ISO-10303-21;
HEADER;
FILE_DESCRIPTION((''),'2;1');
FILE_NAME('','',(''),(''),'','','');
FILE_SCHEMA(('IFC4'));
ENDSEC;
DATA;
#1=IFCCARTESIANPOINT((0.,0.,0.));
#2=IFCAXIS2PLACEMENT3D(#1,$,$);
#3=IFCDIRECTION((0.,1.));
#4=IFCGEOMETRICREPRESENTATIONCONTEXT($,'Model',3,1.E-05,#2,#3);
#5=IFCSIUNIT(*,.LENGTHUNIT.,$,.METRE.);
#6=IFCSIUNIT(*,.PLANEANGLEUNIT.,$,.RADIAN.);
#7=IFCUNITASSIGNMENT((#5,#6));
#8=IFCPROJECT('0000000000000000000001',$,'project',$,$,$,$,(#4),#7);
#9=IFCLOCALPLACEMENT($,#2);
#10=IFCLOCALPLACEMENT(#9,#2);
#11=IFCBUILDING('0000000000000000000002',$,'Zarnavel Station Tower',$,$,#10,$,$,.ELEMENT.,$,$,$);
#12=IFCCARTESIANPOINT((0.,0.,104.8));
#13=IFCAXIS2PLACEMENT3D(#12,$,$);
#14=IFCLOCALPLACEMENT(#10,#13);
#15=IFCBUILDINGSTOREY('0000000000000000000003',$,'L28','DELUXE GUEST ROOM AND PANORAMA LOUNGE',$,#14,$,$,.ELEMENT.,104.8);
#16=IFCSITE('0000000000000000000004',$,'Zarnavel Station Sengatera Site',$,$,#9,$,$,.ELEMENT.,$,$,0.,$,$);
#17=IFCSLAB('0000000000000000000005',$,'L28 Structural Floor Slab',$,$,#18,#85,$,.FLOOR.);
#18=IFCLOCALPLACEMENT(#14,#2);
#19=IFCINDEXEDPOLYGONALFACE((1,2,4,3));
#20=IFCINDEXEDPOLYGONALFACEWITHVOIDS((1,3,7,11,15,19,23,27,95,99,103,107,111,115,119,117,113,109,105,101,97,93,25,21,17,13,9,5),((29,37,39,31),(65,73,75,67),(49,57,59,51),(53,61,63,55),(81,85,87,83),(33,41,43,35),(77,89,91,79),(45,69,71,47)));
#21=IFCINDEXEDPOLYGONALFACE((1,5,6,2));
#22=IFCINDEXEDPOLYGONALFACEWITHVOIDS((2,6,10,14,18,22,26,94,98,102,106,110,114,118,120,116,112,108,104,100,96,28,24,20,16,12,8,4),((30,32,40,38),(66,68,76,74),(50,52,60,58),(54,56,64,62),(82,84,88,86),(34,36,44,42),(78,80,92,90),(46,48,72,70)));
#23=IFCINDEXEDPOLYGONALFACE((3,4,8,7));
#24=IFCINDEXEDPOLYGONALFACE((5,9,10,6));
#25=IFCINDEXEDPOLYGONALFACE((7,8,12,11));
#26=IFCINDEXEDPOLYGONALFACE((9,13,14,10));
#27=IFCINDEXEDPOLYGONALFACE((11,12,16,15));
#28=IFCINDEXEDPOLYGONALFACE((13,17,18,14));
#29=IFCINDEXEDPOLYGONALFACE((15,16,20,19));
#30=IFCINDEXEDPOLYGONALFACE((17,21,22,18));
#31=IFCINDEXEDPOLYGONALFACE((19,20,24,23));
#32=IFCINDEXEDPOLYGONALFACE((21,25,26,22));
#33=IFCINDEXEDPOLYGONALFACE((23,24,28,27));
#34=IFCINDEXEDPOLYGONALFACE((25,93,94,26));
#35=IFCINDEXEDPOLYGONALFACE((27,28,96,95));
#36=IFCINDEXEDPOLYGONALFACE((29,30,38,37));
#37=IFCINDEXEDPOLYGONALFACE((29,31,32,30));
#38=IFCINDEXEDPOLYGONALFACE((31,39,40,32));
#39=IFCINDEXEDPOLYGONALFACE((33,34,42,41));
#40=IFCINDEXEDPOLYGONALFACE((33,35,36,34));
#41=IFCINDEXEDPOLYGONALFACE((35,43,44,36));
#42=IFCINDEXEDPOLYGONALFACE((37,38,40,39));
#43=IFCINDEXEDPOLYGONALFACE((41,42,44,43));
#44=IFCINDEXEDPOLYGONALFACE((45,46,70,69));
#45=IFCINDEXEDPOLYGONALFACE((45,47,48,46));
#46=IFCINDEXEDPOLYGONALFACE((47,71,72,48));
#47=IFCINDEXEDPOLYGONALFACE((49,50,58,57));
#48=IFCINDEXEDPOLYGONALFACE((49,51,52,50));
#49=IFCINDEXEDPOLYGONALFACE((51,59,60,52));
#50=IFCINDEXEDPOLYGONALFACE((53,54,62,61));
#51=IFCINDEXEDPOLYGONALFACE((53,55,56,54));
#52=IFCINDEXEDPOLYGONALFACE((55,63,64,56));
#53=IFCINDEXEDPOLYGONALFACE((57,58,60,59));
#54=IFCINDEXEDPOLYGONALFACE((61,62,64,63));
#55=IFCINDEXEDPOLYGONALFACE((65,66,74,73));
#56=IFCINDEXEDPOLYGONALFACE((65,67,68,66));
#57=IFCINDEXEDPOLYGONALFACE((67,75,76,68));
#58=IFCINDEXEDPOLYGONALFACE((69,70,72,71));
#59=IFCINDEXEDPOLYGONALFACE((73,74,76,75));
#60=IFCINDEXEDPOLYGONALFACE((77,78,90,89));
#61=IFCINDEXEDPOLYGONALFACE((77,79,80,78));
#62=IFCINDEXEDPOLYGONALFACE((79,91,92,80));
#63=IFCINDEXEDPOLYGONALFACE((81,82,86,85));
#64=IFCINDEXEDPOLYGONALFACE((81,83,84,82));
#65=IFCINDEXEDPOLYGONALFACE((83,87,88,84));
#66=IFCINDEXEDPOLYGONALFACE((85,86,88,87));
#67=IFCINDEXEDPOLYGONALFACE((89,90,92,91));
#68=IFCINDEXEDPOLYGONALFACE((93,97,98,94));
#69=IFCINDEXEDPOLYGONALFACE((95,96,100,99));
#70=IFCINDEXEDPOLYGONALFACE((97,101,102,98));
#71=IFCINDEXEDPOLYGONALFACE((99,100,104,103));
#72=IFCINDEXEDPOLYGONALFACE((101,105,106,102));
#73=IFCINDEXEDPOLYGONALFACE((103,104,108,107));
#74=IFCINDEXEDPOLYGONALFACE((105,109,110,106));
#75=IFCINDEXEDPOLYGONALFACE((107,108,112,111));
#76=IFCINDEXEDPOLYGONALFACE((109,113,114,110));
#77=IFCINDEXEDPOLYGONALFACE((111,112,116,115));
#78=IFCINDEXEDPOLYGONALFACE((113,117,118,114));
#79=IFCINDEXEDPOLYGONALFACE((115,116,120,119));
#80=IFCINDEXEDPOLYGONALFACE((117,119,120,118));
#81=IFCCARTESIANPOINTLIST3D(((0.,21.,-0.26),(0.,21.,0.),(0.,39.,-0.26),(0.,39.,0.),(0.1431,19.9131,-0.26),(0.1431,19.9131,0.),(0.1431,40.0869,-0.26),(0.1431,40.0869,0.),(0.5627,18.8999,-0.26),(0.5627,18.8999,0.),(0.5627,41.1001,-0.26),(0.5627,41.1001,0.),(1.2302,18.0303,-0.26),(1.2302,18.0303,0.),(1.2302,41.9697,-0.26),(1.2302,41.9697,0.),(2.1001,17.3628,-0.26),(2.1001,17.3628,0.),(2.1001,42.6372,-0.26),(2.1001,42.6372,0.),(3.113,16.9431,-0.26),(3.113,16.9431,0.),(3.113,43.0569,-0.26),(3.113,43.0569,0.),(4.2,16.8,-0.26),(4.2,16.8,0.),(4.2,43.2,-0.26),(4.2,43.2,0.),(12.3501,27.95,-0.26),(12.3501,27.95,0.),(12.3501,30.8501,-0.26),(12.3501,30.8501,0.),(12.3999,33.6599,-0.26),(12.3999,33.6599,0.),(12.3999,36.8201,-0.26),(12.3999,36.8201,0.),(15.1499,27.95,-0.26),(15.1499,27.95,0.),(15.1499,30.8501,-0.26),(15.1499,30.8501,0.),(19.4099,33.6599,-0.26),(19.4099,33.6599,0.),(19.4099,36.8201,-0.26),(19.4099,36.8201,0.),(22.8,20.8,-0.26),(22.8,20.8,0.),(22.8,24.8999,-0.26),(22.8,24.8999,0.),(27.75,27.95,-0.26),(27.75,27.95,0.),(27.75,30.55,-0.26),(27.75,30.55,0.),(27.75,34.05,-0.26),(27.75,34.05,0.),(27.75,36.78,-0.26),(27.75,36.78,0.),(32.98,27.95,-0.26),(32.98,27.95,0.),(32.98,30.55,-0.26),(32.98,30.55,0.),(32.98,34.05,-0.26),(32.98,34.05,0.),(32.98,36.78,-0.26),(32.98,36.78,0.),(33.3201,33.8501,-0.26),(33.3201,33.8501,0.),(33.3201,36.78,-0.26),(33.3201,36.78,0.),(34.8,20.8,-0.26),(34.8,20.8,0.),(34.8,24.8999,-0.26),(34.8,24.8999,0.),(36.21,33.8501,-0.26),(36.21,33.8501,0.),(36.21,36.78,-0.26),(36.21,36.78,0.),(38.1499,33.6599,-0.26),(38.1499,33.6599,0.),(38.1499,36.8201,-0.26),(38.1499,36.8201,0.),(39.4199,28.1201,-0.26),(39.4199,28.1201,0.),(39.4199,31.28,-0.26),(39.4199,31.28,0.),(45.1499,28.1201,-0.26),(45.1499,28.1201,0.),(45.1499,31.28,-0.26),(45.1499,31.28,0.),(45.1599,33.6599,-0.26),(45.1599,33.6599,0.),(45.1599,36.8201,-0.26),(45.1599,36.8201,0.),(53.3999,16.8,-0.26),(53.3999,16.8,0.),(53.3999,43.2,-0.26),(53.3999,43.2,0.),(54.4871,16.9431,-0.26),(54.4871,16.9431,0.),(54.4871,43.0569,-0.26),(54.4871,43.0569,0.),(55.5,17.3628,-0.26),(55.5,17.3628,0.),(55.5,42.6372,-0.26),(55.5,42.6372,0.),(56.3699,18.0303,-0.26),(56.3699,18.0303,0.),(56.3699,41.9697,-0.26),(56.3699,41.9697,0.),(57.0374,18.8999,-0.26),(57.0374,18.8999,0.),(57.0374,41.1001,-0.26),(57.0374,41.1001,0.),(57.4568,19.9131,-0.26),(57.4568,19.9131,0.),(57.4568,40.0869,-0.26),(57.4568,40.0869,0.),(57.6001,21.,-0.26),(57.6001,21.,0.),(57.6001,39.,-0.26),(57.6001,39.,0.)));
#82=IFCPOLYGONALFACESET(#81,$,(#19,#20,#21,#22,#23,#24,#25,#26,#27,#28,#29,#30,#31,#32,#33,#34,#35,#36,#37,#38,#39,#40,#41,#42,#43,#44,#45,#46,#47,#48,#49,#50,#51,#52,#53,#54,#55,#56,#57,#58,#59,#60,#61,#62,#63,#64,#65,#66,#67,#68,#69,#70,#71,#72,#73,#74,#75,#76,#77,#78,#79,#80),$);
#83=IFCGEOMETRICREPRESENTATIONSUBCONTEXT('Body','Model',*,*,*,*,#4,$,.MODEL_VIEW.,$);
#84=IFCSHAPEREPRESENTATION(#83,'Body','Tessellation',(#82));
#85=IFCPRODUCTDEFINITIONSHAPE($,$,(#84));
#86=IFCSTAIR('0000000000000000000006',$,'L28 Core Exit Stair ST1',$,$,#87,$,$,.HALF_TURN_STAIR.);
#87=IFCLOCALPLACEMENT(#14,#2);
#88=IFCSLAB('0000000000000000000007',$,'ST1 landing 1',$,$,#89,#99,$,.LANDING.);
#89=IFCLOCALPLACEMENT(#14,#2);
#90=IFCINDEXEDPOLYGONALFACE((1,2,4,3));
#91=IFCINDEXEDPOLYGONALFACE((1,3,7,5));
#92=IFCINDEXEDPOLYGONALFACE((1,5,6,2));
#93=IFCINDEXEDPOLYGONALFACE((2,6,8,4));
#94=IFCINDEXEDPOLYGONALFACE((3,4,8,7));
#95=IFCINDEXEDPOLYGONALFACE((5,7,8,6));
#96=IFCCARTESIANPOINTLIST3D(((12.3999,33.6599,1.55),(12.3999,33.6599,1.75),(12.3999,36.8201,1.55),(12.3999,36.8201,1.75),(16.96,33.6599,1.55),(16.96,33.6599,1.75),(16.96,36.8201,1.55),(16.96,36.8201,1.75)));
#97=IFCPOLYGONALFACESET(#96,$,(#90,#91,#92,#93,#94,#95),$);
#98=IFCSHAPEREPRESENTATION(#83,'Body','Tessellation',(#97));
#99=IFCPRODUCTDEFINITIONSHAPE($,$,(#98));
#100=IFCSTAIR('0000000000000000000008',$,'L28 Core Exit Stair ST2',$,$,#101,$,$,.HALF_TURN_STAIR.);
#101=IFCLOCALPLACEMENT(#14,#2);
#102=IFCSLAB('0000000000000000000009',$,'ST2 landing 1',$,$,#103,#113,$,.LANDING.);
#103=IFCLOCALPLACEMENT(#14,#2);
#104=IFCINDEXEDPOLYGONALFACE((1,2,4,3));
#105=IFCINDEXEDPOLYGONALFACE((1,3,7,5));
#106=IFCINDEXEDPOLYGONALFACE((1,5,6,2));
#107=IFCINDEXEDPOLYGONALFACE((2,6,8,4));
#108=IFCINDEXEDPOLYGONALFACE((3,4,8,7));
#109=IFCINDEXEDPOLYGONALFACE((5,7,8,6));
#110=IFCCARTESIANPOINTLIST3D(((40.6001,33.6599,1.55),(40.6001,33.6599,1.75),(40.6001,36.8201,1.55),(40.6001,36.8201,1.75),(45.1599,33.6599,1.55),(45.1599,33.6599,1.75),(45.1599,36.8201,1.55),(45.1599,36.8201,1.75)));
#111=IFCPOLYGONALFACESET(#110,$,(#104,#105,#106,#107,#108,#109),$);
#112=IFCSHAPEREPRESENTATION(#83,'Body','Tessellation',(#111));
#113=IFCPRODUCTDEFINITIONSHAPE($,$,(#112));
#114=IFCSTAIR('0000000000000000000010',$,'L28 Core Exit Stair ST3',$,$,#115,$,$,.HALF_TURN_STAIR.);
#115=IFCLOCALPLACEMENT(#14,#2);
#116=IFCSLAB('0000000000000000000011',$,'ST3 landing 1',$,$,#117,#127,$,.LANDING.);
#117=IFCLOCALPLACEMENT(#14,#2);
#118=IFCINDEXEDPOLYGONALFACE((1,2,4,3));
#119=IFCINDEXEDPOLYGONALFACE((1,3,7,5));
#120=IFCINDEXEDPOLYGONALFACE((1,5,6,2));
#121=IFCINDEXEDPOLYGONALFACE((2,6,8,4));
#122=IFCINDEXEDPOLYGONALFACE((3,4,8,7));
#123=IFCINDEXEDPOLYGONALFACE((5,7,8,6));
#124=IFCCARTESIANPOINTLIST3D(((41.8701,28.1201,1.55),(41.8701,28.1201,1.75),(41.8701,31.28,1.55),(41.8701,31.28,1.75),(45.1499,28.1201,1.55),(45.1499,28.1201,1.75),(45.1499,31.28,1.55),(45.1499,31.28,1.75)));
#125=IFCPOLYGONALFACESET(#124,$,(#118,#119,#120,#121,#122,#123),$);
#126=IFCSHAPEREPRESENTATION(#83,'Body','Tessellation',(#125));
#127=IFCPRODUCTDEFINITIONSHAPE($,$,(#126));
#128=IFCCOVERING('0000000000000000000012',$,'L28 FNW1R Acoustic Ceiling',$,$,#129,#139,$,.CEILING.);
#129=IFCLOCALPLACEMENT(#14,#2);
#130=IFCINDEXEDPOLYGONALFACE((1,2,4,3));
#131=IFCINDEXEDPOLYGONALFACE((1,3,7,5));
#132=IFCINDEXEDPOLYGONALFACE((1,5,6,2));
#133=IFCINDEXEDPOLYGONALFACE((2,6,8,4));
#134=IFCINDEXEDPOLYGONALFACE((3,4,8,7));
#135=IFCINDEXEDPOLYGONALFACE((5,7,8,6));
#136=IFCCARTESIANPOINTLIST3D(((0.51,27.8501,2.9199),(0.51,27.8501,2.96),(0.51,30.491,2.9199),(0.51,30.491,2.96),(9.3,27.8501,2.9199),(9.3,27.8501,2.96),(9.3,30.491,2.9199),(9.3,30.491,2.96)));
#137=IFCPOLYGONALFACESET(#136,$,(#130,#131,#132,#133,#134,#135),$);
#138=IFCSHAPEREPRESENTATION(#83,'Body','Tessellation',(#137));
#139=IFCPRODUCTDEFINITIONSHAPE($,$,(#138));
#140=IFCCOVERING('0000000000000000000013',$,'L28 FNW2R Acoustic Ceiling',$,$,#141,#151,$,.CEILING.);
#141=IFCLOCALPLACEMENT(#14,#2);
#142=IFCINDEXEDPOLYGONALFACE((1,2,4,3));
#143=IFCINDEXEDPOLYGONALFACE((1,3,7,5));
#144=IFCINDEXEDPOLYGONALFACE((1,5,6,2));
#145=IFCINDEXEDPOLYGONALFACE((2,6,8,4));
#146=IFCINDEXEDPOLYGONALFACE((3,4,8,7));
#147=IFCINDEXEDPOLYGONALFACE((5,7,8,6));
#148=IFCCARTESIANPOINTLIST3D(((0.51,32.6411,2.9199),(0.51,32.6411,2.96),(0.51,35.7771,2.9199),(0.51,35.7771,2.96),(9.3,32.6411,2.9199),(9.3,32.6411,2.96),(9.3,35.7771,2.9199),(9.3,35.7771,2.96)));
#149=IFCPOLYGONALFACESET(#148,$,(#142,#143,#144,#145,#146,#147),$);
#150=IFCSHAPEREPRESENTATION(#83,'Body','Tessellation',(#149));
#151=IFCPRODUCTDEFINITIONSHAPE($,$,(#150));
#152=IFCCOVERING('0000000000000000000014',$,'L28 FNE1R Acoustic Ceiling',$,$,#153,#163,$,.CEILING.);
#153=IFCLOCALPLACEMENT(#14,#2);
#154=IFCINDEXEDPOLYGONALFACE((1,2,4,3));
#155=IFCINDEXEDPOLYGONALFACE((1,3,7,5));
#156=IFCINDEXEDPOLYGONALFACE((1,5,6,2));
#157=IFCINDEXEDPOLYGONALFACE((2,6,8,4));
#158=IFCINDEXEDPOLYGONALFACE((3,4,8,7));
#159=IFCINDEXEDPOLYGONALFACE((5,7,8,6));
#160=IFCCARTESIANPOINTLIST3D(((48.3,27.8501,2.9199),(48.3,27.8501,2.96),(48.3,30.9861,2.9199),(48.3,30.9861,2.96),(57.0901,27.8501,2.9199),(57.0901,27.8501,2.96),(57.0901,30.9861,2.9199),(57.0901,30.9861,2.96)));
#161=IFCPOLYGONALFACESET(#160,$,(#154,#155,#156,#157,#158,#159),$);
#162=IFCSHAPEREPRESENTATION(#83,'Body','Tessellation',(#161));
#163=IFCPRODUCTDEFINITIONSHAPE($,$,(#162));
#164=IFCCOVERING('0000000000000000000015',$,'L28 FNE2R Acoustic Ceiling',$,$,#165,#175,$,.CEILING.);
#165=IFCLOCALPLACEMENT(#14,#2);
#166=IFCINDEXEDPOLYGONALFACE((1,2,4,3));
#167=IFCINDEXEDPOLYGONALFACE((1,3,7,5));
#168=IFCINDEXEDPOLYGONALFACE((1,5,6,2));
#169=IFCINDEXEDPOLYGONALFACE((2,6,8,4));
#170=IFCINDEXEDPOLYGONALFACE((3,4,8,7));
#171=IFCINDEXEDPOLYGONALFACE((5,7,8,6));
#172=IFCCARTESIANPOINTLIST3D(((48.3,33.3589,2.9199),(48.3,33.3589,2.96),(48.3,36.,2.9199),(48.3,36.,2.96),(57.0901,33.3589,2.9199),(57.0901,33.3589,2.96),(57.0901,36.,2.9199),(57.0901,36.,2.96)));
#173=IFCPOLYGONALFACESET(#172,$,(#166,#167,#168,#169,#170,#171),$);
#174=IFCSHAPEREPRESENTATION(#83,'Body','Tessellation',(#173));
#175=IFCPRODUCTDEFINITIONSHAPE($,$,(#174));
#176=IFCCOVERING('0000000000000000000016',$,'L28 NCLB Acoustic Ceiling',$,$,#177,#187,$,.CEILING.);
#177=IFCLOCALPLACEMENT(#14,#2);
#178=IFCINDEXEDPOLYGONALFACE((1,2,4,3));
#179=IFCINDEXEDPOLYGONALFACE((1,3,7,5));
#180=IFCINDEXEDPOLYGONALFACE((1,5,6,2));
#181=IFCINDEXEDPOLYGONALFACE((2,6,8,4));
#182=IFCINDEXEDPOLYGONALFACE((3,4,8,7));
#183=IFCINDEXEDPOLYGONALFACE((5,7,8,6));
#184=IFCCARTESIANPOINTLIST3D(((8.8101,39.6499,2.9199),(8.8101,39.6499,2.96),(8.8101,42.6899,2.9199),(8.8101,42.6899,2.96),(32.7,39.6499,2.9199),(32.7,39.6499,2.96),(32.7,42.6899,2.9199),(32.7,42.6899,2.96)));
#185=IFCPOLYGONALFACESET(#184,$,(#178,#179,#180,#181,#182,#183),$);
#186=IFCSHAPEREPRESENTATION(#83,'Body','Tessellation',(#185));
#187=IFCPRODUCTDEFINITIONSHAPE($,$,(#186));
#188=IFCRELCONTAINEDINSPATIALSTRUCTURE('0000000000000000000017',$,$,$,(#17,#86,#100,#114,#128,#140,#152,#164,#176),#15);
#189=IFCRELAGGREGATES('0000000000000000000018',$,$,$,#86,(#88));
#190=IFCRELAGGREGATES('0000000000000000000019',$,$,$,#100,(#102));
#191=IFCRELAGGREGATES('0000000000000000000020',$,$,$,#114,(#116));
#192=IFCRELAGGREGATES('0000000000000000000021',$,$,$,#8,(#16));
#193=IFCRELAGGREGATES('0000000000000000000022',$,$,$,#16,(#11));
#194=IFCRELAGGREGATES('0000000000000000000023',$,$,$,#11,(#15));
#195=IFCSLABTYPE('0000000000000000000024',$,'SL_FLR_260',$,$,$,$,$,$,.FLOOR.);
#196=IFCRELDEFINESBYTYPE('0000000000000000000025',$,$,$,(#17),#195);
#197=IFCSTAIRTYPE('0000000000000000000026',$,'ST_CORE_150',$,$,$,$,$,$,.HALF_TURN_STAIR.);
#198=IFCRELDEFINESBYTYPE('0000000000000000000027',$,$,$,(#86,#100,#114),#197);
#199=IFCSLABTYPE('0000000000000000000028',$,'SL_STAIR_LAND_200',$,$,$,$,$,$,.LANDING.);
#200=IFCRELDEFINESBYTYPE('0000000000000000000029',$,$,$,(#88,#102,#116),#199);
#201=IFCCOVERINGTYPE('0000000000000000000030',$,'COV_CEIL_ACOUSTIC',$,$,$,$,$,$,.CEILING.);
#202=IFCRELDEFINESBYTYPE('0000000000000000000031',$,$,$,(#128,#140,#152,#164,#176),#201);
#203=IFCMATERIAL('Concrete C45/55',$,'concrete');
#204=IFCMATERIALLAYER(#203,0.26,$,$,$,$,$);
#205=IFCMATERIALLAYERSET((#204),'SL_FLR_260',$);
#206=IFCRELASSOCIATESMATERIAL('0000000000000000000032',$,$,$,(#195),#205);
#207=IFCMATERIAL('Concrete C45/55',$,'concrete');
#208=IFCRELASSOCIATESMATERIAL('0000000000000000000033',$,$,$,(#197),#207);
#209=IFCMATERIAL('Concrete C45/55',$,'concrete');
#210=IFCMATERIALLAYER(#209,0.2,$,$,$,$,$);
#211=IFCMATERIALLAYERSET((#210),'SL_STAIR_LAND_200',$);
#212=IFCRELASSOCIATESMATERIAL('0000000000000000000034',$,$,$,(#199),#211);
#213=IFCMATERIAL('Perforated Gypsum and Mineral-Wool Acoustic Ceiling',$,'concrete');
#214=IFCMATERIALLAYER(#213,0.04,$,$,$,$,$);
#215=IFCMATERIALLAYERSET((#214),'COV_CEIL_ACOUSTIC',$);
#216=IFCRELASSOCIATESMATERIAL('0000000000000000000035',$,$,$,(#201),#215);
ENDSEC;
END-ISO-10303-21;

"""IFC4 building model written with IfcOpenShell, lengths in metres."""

from ifc_helpers import new_model, si_unit, direction, frame, origin, place, context, subcontext, project, spatial, polyline, outline, extrude, material, layer, layer_set, type_object, element, aggregate, save


model = new_model("IFC4")

# Units and contexts
model_context = context("Model", 3, precision=1e-05, world=origin(), true_north=direction((0.0, 1.0)))
body_context = subcontext(model_context, "Body", "Model", "MODEL_VIEW")
ifc_project = project(units=[si_unit("LENGTHUNIT", "METRE"), si_unit("PLANEANGLEUNIT", "RADIAN")], contexts=[model_context])

# Site, building, storey
site_placement = place(None, origin())
site = spatial("IfcSite", under=ifc_project, at=site_placement, Name="Zarnavel Station Sengatera Site", CompositionType="ELEMENT", RefElevation=0.0)
building_placement = place(site_placement, origin())
building = spatial("IfcBuilding", under=site, at=building_placement, Name="Zarnavel Station Tower", CompositionType="ELEMENT")
storey_placement = place(building_placement, frame((0.0, 0.0, 104.8)))
storey = spatial("IfcBuildingStorey", under=building, at=storey_placement, Name="L28", Description="DELUXE GUEST ROOM AND PANORAMA LOUNGE", CompositionType="ELEMENT", Elevation=104.8)

# Slab
ifc_material_1 = material(Name="Concrete C45/55", Category="concrete")
ifc_layer_1 = layer(ifc_material_1, 0.26)
ifc_layer_set_1 = layer_set([ifc_layer_1], Name="SL_FLR_260")
slab_type_1 = type_object("IfcSlabType", Name="SL_FLR_260", PredefinedType="FLOOR", material=ifc_layer_set_1)
slab_1_placement = place(storey_placement, frame((0.0, 0.0, -0.26)))
element("IfcSlab", 1, at=slab_1_placement, inside=storey, type_object=slab_type_1, Name="L28 Structural Floor Slab", PredefinedType="FLOOR", context=body_context, shape_type="SweptSolid", body=[
    extrude(outline(polyline([(53.3999, 16.8), (54.4871, 16.9431), (55.5, 17.3628), (56.3699, 18.0303), (57.0374, 18.8999), (57.4568, 19.9131), (57.6001, 21.0), (57.6001, 39.0), (57.4568, 40.0869), (57.0374, 41.1001), (56.3699, 41.9697), (55.5, 42.6372), (54.4871, 43.0569), (53.3999, 43.2), (4.2, 43.2), (3.113, 43.0569), (2.1001, 42.6372), (1.2302, 41.9697), (0.5627, 41.1001), (0.1431, 40.0869), (0.0, 39.0), (0.0, 21.0), (0.1431, 19.9131), (0.5627, 18.8999), (1.2302, 18.0303), (2.1001, 17.3628), (3.113, 16.9431), (4.2, 16.8), (53.3999, 16.8)]), holes=[polyline([(12.3999, 33.6599), (19.4099, 33.6599), (19.4099, 36.8201), (12.3999, 36.8201), (12.3999, 33.6599)]), polyline([(38.1499, 33.6599), (45.1599, 33.6599), (45.1599, 36.8201), (38.1499, 36.8201), (38.1499, 33.6599)]), polyline([(39.4199, 28.1201), (45.1499, 28.1201), (45.1499, 31.28), (39.4199, 31.28), (39.4199, 28.1201)]), polyline([(12.3501, 27.95), (15.1499, 27.95), (15.1499, 30.8501), (12.3501, 30.8501), (12.3501, 27.95)]), polyline([(33.3201, 33.8501), (36.21, 33.8501), (36.21, 36.78), (33.3201, 36.78), (33.3201, 33.8501)]), polyline([(27.75, 34.05), (32.98, 34.05), (32.98, 36.78), (27.75, 36.78), (27.75, 34.05)]), polyline([(27.75, 27.95), (32.98, 27.95), (32.98, 30.55), (27.75, 30.55), (27.75, 27.95)]), polyline([(22.8, 20.8), (34.8, 20.8), (34.8, 24.8999), (22.8, 24.8999), (22.8, 20.8)])]), origin(), (0.0, 0.0, 1.0), 0.26),
])

# Stairs, slabs
ifc_material_2 = material(Name="Concrete C45/55", Category="concrete")
stair_type = type_object("IfcStairType", Name="ST_CORE_150", PredefinedType="HALF_TURN_STAIR", material=ifc_material_2)
stair_1_placement = place(storey_placement, origin())
stair_1 = element("IfcStair", 2, at=stair_1_placement, inside=storey, type_object=stair_type, Name="L28 Core Exit Stair ST1", PredefinedType="HALF_TURN_STAIR")
ifc_material_3 = material(Name="Concrete C45/55", Category="concrete")
ifc_layer_2 = layer(ifc_material_3, 0.2)
ifc_layer_set_2 = layer_set([ifc_layer_2], Name="SL_STAIR_LAND_200")
slab_type_2 = type_object("IfcSlabType", Name="SL_STAIR_LAND_200", PredefinedType="LANDING", material=ifc_layer_set_2)
slab_2_placement = place(storey_placement, frame((0.0, 0.0, 1.55)))
slab_2 = element("IfcSlab", 3, at=slab_2_placement, type_object=slab_type_2, Name="ST1 landing 1", PredefinedType="LANDING", context=body_context, shape_type="SweptSolid", body=[
    extrude(outline(polyline([(16.96, 36.8201), (12.3999, 36.8201), (12.3999, 33.6599), (16.96, 33.6599), (16.96, 36.8201)])), origin(), (0.0, 0.0, 1.0), 0.2),
])
aggregate(stair_1, [slab_2])
stair_2_placement = place(storey_placement, origin())
stair_2 = element("IfcStair", 4, at=stair_2_placement, inside=storey, type_object=stair_type, Name="L28 Core Exit Stair ST2", PredefinedType="HALF_TURN_STAIR")
slab_3_placement = place(storey_placement, frame((0.0, 0.0, 1.55)))
slab_3 = element("IfcSlab", 5, at=slab_3_placement, type_object=slab_type_2, Name="ST2 landing 1", PredefinedType="LANDING", context=body_context, shape_type="SweptSolid", body=[
    extrude(outline(polyline([(40.6001, 33.6599), (45.1599, 33.6599), (45.1599, 36.8201), (40.6001, 36.8201), (40.6001, 33.6599)])), origin(), (0.0, 0.0, 1.0), 0.2),
])
aggregate(stair_2, [slab_3])
stair_3_placement = place(storey_placement, origin())
stair_3 = element("IfcStair", 6, at=stair_3_placement, inside=storey, type_object=stair_type, Name="L28 Core Exit Stair ST3", PredefinedType="HALF_TURN_STAIR")
slab_4_placement = place(storey_placement, frame((0.0, 0.0, 1.55)))
slab_4 = element("IfcSlab", 7, at=slab_4_placement, type_object=slab_type_2, Name="ST3 landing 1", PredefinedType="LANDING", context=body_context, shape_type="SweptSolid", body=[
    extrude(outline(polyline([(41.8701, 28.1201), (45.1499, 28.1201), (45.1499, 31.28), (41.8701, 31.28), (41.8701, 28.1201)])), origin(), (0.0, 0.0, 1.0), 0.2),
])
aggregate(stair_3, [slab_4])

# Coverings
ifc_material_4 = material(Name="Perforated Gypsum and Mineral-Wool Acoustic Ceiling", Category="concrete")
ifc_layer_3 = layer(ifc_material_4, 0.04)
ifc_layer_set_3 = layer_set([ifc_layer_3], Name="COV_CEIL_ACOUSTIC")
covering_type_1 = type_object("IfcCoveringType", Name="COV_CEIL_ACOUSTIC", PredefinedType="CEILING", material=ifc_layer_set_3)
covering_1_placement = place(storey_placement, frame((0.0, 0.0, 2.9199)))
element("IfcCovering", 8, at=covering_1_placement, inside=storey, type_object=covering_type_1, Name="L28 FNW1R Acoustic Ceiling", PredefinedType="CEILING", context=body_context, shape_type="SweptSolid", body=[
    extrude(outline(polyline([(0.51, 27.8501), (9.3, 27.8501), (9.3, 30.491), (0.51, 30.491), (0.51, 27.8501)])), origin(), (0.0, 0.0, 1.0), 0.04),
])
covering_2_placement = place(storey_placement, frame((0.0, 0.0, 2.9199)))
element("IfcCovering", 9, at=covering_2_placement, inside=storey, type_object=covering_type_1, Name="L28 FNW2R Acoustic Ceiling", PredefinedType="CEILING", context=body_context, shape_type="SweptSolid", body=[
    extrude(outline(polyline([(0.51, 32.6411), (9.3, 32.6411), (9.3, 35.7771), (0.51, 35.7771), (0.51, 32.6411)])), origin(), (0.0, 0.0, 1.0), 0.04),
])
covering_3_placement = place(storey_placement, frame((0.0, 0.0, 2.9199)))
element("IfcCovering", 10, at=covering_3_placement, inside=storey, type_object=covering_type_1, Name="L28 FNE1R Acoustic Ceiling", PredefinedType="CEILING", context=body_context, shape_type="SweptSolid", body=[
    extrude(outline(polyline([(48.3, 27.8501), (57.0901, 27.8501), (57.0901, 30.9861), (48.3, 30.9861), (48.3, 27.8501)])), origin(), (0.0, 0.0, 1.0), 0.04),
])
covering_4_placement = place(storey_placement, frame((0.0, 0.0, 2.9199)))
element("IfcCovering", 11, at=covering_4_placement, inside=storey, type_object=covering_type_1, Name="L28 FNE2R Acoustic Ceiling", PredefinedType="CEILING", context=body_context, shape_type="SweptSolid", body=[
    extrude(outline(polyline([(48.3, 33.3589), (57.0901, 33.3589), (57.0901, 36.0), (48.3, 36.0), (48.3, 33.3589)])), origin(), (0.0, 0.0, 1.0), 0.04),
])
covering_5_placement = place(storey_placement, frame((0.0, 0.0, 2.9199)))
element("IfcCovering", 12, at=covering_5_placement, inside=storey, type_object=covering_type_1, Name="L28 NCLB Acoustic Ceiling", PredefinedType="CEILING", context=body_context, shape_type="SweptSolid", body=[
    extrude(outline(polyline([(8.8101, 39.6499), (32.7, 39.6499), (32.7, 42.6899), (8.8101, 42.6899), (8.8101, 39.6499)])), origin(), (0.0, 0.0, 1.0), 0.04),
])

save(model, "model.ifc")
